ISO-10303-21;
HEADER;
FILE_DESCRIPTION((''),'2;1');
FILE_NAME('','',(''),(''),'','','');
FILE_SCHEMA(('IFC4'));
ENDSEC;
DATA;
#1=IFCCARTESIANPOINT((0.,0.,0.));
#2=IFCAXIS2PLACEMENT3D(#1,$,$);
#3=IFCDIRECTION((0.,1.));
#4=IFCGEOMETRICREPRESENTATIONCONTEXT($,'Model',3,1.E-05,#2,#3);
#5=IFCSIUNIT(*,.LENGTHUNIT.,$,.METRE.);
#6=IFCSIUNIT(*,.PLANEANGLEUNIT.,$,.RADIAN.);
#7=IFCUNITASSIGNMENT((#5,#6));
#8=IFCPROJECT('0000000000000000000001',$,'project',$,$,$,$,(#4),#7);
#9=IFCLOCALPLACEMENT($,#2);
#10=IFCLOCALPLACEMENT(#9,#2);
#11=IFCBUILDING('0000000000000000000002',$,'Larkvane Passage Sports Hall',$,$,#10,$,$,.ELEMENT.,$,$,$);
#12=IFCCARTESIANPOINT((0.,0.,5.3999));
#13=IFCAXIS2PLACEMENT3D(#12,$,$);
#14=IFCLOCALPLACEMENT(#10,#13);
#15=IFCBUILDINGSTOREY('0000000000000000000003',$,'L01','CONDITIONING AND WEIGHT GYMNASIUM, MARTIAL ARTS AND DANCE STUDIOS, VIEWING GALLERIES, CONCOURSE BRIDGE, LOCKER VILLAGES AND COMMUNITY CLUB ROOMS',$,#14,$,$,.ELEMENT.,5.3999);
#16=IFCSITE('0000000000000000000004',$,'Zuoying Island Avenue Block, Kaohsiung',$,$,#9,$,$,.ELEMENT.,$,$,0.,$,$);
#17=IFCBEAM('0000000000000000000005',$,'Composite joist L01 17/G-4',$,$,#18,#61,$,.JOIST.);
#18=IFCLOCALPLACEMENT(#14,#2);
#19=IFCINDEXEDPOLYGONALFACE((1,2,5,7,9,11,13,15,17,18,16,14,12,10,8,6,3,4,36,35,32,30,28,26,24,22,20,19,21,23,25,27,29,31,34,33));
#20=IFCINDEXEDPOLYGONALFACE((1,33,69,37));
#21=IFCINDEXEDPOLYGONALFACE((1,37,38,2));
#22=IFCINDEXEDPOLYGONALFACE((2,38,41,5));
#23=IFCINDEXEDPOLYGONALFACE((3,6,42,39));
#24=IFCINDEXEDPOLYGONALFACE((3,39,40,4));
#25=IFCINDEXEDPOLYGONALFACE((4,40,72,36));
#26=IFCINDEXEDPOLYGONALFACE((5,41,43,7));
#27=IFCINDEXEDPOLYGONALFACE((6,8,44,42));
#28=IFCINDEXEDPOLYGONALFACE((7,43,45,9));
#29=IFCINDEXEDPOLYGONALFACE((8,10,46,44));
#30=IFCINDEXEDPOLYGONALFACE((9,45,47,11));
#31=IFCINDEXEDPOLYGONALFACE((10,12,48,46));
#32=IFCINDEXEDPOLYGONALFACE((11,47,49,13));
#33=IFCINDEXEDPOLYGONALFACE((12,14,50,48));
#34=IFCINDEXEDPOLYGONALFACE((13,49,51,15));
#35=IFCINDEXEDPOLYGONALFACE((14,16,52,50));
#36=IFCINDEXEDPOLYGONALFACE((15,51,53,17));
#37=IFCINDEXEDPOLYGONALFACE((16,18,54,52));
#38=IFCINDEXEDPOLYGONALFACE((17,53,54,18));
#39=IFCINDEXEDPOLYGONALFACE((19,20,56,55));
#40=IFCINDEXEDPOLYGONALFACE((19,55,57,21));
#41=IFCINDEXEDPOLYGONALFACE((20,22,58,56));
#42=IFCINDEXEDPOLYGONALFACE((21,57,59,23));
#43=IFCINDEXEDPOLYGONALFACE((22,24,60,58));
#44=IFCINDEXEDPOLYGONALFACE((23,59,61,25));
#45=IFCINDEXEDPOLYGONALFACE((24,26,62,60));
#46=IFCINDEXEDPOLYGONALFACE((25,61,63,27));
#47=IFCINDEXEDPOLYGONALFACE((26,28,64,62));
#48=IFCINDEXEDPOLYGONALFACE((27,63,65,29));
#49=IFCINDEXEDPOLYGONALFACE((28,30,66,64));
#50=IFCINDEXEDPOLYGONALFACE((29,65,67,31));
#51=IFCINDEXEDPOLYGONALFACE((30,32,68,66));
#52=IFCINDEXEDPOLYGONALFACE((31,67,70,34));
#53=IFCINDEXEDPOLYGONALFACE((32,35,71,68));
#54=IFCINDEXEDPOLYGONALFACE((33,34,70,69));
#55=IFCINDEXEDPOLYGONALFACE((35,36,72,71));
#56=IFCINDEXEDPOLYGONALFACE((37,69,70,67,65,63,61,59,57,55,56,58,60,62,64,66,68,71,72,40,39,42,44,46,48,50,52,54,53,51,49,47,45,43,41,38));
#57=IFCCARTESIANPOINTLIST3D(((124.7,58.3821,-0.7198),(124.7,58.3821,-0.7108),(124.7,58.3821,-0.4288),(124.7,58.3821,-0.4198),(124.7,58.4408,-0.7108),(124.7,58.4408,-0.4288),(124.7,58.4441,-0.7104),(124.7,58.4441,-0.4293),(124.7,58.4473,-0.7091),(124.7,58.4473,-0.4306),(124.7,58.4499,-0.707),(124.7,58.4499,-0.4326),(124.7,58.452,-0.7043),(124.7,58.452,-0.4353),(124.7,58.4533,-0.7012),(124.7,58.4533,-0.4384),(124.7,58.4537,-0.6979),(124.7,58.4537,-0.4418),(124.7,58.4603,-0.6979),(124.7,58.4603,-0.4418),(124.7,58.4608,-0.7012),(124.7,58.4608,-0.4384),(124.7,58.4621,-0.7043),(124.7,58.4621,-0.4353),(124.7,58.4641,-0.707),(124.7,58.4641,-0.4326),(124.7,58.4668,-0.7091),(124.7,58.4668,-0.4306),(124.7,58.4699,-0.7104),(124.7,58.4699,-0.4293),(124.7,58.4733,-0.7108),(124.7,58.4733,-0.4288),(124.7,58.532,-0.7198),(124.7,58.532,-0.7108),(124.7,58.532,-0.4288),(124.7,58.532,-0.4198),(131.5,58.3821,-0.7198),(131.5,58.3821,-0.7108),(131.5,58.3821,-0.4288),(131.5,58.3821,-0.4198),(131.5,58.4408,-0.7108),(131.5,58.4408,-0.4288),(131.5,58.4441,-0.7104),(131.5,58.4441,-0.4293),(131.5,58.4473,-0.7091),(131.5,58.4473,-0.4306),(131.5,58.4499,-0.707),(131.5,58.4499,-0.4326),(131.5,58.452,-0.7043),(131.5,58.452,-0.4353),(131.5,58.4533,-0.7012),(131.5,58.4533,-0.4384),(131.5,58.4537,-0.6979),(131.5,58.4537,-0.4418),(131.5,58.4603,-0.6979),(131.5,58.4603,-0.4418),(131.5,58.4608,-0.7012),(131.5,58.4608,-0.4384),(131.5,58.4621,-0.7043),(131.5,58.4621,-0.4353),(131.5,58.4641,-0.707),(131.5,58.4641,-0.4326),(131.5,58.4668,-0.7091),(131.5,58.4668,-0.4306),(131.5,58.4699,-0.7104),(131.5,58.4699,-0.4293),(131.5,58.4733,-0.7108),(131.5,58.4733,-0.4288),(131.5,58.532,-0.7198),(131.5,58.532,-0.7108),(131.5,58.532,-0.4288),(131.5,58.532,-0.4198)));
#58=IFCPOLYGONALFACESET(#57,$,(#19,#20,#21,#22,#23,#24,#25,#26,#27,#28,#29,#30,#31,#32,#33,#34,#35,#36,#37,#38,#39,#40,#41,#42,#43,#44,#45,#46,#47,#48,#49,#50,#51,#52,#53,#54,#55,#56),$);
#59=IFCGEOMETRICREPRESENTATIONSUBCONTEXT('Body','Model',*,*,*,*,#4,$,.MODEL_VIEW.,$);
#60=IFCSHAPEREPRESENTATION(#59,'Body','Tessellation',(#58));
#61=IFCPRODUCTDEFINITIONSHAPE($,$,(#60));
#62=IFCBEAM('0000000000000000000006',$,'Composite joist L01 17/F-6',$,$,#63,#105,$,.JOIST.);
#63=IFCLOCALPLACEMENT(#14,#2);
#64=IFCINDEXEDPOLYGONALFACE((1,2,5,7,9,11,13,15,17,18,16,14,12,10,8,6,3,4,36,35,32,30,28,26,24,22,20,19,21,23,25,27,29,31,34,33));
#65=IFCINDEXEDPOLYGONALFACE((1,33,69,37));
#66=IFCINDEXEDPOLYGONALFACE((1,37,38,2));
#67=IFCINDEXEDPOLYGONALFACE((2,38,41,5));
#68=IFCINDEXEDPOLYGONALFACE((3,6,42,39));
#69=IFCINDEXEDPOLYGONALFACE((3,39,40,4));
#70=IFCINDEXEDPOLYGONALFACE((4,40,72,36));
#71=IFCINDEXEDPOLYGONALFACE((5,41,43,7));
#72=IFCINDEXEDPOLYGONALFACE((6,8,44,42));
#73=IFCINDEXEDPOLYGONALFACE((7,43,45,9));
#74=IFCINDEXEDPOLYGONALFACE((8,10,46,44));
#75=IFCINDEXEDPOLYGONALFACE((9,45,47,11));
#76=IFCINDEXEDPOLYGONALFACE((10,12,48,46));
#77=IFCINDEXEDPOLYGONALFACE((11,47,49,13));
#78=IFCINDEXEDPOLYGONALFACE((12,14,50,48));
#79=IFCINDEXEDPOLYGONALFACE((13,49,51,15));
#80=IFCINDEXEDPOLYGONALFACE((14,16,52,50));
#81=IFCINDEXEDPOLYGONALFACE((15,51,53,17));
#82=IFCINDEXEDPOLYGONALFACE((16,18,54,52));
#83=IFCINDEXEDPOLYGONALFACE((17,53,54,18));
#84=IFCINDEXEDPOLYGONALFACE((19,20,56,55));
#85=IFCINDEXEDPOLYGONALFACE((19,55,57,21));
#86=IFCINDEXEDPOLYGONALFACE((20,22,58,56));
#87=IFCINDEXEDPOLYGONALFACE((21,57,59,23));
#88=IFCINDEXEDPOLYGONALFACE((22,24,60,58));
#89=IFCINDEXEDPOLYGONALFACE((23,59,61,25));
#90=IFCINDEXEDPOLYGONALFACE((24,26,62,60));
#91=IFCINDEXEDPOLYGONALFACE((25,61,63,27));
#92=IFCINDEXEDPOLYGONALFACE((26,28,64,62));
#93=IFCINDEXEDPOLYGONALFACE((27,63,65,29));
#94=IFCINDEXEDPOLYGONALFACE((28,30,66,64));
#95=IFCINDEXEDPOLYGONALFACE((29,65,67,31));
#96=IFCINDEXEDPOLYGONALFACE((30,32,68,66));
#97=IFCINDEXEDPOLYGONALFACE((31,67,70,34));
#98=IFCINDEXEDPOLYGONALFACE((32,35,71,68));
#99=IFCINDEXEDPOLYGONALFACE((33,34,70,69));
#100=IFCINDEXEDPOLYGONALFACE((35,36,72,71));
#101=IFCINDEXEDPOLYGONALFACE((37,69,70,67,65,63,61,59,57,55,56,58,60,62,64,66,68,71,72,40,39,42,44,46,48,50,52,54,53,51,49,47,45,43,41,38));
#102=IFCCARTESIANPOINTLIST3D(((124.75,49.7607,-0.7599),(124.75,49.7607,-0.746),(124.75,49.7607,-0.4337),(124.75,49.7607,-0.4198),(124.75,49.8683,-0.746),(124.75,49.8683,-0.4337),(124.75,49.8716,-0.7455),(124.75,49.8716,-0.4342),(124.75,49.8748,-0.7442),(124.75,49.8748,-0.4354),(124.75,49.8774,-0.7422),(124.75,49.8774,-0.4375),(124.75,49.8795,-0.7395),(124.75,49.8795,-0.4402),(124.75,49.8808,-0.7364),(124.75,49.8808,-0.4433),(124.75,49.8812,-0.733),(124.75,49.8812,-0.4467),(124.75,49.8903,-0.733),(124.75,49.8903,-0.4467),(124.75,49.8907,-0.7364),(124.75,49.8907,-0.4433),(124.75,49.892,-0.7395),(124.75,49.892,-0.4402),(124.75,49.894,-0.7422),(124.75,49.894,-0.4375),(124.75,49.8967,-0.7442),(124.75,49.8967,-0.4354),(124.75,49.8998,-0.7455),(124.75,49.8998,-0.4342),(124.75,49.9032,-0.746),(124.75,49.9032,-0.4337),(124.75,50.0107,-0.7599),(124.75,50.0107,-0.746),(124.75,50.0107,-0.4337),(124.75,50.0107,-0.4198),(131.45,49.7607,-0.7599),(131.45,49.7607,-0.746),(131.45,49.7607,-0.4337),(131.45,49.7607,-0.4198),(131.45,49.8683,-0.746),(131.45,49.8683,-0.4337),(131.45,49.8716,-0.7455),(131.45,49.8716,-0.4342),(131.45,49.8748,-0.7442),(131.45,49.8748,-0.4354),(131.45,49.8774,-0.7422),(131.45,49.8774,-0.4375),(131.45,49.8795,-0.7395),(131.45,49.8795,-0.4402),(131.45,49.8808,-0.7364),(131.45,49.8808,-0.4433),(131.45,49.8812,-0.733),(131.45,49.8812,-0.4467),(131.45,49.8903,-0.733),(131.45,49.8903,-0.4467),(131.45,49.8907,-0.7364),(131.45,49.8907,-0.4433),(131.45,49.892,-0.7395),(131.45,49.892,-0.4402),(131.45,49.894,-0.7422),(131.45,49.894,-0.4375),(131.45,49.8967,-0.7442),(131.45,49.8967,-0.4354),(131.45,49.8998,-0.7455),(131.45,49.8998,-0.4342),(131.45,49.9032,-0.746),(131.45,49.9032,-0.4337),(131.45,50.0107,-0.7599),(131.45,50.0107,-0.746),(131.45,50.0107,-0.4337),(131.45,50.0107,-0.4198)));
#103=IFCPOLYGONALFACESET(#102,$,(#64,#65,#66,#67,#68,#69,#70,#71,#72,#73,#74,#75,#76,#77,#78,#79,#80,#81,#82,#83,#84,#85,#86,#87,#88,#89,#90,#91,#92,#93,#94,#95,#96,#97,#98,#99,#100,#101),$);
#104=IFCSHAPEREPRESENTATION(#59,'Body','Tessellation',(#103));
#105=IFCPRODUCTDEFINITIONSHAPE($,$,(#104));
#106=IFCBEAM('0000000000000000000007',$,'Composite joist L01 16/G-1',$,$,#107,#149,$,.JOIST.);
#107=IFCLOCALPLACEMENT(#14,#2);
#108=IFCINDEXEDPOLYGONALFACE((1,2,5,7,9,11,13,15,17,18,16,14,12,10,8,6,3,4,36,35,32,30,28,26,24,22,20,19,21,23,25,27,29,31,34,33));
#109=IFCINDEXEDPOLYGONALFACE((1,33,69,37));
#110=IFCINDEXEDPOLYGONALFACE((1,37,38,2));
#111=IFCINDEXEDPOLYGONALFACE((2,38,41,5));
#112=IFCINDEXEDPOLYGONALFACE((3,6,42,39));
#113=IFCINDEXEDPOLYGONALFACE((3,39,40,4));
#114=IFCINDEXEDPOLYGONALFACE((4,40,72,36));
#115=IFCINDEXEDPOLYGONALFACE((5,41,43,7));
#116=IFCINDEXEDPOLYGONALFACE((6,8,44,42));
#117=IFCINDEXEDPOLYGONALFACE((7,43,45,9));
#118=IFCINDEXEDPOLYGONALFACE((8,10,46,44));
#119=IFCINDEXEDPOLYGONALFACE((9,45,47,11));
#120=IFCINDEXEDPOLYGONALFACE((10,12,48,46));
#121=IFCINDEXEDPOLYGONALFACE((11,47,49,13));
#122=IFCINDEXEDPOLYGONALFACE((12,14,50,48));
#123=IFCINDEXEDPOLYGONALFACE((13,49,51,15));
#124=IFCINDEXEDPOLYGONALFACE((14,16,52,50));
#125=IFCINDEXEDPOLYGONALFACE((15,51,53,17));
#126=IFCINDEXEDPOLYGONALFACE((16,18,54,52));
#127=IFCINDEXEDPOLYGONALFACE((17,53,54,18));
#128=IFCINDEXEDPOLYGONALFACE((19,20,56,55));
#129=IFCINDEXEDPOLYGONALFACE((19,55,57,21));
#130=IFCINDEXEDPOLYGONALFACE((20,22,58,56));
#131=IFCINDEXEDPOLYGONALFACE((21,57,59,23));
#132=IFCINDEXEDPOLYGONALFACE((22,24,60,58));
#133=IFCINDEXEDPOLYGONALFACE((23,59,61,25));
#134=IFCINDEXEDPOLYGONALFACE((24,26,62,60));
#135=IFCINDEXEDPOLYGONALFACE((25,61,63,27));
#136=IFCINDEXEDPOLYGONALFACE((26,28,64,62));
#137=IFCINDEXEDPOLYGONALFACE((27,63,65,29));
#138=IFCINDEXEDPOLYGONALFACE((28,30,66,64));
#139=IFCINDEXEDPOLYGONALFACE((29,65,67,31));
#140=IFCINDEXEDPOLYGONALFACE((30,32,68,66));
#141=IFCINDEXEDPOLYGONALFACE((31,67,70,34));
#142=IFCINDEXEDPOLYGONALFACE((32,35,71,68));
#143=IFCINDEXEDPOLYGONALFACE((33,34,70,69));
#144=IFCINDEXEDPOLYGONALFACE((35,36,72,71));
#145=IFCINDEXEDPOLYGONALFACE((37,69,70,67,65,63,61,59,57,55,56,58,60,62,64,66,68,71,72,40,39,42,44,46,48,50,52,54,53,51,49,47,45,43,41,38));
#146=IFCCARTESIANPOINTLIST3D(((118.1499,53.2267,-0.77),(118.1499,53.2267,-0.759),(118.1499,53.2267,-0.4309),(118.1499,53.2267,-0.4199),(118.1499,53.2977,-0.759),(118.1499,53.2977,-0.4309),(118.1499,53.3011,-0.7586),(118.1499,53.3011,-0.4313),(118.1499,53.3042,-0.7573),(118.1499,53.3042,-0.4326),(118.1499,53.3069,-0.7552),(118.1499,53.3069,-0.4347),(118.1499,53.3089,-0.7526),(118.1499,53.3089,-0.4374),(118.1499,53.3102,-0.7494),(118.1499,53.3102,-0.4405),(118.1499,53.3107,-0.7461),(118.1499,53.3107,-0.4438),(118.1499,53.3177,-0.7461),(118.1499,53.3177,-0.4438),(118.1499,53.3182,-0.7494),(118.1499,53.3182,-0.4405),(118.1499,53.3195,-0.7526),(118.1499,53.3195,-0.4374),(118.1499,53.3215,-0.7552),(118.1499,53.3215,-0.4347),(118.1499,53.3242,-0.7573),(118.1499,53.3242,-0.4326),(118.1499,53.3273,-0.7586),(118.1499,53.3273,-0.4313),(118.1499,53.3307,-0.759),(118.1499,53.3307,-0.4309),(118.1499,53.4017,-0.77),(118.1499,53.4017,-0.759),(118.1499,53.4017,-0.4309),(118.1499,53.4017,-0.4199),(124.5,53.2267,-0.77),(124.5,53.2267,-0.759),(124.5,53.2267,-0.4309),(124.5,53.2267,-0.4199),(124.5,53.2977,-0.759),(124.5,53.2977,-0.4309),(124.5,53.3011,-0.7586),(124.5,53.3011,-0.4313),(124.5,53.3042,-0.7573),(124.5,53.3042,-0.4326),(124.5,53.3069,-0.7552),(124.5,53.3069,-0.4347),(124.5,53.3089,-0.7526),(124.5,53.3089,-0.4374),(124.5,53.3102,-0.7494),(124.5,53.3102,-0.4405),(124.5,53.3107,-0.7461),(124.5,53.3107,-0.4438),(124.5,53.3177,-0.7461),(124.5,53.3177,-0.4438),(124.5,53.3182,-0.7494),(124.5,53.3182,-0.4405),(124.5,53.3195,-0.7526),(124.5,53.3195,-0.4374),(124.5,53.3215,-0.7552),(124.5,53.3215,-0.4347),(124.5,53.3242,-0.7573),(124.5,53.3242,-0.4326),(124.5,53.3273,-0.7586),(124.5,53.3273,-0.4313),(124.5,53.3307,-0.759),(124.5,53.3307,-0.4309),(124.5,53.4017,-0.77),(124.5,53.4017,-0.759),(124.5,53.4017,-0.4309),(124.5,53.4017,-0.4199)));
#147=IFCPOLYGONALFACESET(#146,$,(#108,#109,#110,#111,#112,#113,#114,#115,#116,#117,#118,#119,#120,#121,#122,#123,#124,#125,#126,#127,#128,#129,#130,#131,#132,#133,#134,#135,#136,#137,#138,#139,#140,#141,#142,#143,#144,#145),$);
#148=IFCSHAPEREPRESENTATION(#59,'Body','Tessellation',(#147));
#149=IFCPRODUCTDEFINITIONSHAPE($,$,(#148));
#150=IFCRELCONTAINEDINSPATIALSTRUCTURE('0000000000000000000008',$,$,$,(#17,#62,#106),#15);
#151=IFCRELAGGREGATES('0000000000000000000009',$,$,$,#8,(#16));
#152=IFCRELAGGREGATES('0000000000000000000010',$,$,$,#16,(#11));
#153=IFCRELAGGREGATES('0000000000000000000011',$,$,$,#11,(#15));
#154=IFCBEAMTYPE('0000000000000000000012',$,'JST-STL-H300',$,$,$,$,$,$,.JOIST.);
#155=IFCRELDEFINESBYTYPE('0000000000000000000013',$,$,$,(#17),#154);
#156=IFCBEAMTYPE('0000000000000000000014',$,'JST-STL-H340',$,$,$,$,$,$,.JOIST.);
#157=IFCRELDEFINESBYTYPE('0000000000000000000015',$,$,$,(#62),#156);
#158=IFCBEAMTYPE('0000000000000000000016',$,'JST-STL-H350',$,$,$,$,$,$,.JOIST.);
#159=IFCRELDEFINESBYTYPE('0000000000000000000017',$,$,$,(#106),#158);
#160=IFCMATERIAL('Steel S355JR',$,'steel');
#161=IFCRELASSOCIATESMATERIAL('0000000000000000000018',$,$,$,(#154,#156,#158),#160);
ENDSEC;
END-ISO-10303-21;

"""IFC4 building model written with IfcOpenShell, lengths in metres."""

from ifc_helpers import new_model, si_unit, direction, frame, origin, origin_2d, place, context, subcontext, project, spatial, i_section, extrude, material, material_profile, profile_set, type_object, element, save


model = new_model("IFC4")

# Units and contexts
model_context = context("Model", 3, precision=1e-05, world=origin(), true_north=direction((0.0, 1.0)))
body_context = subcontext(model_context, "Body", "Model", "MODEL_VIEW")
ifc_project = project(units=[si_unit("LENGTHUNIT", "METRE"), si_unit("PLANEANGLEUNIT", "RADIAN")], contexts=[model_context])

# Site, building, storey
site_placement = place(None, origin())
site = spatial("IfcSite", under=ifc_project, at=site_placement, Name="Zuoying Island Avenue Block, Kaohsiung", CompositionType="ELEMENT", RefElevation=0.0)
building_placement = place(site_placement, origin())
building = spatial("IfcBuilding", under=site, at=building_placement, Name="Larkvane Passage Sports Hall", CompositionType="ELEMENT")
storey_placement = place(building_placement, frame((0.0, 0.0, 5.3999)))
storey = spatial("IfcBuildingStorey", under=building, at=storey_placement, Name="L01", Description="CONDITIONING AND WEIGHT GYMNASIUM, MARTIAL ARTS AND DANCE STUDIOS, VIEWING GALLERIES, CONCOURSE BRIDGE, LOCKER VILLAGES AND COMMUNITY CLUB ROOMS", CompositionType="ELEMENT", Elevation=5.3999)

# Beams
ifc_material_1 = material(Name="Steel S355JR", Category="steel")
ifc_material_profile_1 = material_profile(ifc_material_1, i_section(OverallWidth=0.1499, OverallDepth=0.3, WebThickness=0.0066, FlangeThickness=0.009, FilletRadius=0.0129, at=origin_2d()), Name="H-300x150x6.5x9")
ifc_profile_set_1 = profile_set([ifc_material_profile_1], Name="Steel S355JR")
beam_type_1 = type_object("IfcBeamType", Name="JST-STL-H300", PredefinedType="JOIST", material=ifc_profile_set_1)
beam_1_placement = place(storey_placement, frame((124.7, 58.457, -0.5698), z_axis=(1.0, 0.0, 0.0), x_axis=(0.0, 1.0, 0.0)))
element("IfcBeam", 1, at=beam_1_placement, inside=storey, type_object=beam_type_1, Name="Composite joist L01 17/G-4", PredefinedType="JOIST", context=body_context, shape_type="SweptSolid", body=[
    extrude(i_section(OverallWidth=0.1499, OverallDepth=0.3, WebThickness=0.0066, FlangeThickness=0.009, FilletRadius=0.0129, at=origin_2d()), origin(), (0.0, 0.0, 1.0), 6.8),
])
ifc_material_profile_2 = material_profile(ifc_material_1, i_section(OverallWidth=0.25, OverallDepth=0.3401, WebThickness=0.009, FlangeThickness=0.0139, FilletRadius=0.0129, at=origin_2d()), Name="H-340x250x9x14")
ifc_profile_set_2 = profile_set([ifc_material_profile_2], Name="Steel S355JR")
beam_type_2 = type_object("IfcBeamType", Name="JST-STL-H340", PredefinedType="JOIST", material=ifc_profile_set_2)
beam_2_placement = place(storey_placement, frame((124.75, 49.8857, -0.5898), z_axis=(1.0, 0.0, 0.0), x_axis=(0.0, 1.0, 0.0)))
element("IfcBeam", 2, at=beam_2_placement, inside=storey, type_object=beam_type_2, Name="Composite joist L01 17/F-6", PredefinedType="JOIST", context=body_context, shape_type="SweptSolid", body=[
    extrude(i_section(OverallWidth=0.25, OverallDepth=0.3401, WebThickness=0.009, FlangeThickness=0.0139, FilletRadius=0.0129, at=origin_2d()), origin(), (0.0, 0.0, 1.0), 6.7),
])
ifc_material_profile_3 = material_profile(ifc_material_1, i_section(OverallWidth=0.175, OverallDepth=0.3501, WebThickness=0.0071, FlangeThickness=0.011, FilletRadius=0.0129, at=origin_2d()), Name="H-350x175x7x11")
ifc_profile_set_3 = profile_set([ifc_material_profile_3], Name="Steel S355JR")
beam_type_3 = type_object("IfcBeamType", Name="JST-STL-H350", PredefinedType="JOIST", material=ifc_profile_set_3)
beam_3_placement = place(storey_placement, frame((118.1499, 53.3142, -0.595), z_axis=(1.0, 0.0, 0.0), x_axis=(0.0, 1.0, 0.0)))
element("IfcBeam", 3, at=beam_3_placement, inside=storey, type_object=beam_type_3, Name="Composite joist L01 16/G-1", PredefinedType="JOIST", context=body_context, shape_type="SweptSolid", body=[
    extrude(i_section(OverallWidth=0.175, OverallDepth=0.3501, WebThickness=0.0071, FlangeThickness=0.011, FilletRadius=0.0129, at=origin_2d()), origin(), (0.0, 0.0, 1.0), 6.3501),
])

save(model, "model.ifc")
